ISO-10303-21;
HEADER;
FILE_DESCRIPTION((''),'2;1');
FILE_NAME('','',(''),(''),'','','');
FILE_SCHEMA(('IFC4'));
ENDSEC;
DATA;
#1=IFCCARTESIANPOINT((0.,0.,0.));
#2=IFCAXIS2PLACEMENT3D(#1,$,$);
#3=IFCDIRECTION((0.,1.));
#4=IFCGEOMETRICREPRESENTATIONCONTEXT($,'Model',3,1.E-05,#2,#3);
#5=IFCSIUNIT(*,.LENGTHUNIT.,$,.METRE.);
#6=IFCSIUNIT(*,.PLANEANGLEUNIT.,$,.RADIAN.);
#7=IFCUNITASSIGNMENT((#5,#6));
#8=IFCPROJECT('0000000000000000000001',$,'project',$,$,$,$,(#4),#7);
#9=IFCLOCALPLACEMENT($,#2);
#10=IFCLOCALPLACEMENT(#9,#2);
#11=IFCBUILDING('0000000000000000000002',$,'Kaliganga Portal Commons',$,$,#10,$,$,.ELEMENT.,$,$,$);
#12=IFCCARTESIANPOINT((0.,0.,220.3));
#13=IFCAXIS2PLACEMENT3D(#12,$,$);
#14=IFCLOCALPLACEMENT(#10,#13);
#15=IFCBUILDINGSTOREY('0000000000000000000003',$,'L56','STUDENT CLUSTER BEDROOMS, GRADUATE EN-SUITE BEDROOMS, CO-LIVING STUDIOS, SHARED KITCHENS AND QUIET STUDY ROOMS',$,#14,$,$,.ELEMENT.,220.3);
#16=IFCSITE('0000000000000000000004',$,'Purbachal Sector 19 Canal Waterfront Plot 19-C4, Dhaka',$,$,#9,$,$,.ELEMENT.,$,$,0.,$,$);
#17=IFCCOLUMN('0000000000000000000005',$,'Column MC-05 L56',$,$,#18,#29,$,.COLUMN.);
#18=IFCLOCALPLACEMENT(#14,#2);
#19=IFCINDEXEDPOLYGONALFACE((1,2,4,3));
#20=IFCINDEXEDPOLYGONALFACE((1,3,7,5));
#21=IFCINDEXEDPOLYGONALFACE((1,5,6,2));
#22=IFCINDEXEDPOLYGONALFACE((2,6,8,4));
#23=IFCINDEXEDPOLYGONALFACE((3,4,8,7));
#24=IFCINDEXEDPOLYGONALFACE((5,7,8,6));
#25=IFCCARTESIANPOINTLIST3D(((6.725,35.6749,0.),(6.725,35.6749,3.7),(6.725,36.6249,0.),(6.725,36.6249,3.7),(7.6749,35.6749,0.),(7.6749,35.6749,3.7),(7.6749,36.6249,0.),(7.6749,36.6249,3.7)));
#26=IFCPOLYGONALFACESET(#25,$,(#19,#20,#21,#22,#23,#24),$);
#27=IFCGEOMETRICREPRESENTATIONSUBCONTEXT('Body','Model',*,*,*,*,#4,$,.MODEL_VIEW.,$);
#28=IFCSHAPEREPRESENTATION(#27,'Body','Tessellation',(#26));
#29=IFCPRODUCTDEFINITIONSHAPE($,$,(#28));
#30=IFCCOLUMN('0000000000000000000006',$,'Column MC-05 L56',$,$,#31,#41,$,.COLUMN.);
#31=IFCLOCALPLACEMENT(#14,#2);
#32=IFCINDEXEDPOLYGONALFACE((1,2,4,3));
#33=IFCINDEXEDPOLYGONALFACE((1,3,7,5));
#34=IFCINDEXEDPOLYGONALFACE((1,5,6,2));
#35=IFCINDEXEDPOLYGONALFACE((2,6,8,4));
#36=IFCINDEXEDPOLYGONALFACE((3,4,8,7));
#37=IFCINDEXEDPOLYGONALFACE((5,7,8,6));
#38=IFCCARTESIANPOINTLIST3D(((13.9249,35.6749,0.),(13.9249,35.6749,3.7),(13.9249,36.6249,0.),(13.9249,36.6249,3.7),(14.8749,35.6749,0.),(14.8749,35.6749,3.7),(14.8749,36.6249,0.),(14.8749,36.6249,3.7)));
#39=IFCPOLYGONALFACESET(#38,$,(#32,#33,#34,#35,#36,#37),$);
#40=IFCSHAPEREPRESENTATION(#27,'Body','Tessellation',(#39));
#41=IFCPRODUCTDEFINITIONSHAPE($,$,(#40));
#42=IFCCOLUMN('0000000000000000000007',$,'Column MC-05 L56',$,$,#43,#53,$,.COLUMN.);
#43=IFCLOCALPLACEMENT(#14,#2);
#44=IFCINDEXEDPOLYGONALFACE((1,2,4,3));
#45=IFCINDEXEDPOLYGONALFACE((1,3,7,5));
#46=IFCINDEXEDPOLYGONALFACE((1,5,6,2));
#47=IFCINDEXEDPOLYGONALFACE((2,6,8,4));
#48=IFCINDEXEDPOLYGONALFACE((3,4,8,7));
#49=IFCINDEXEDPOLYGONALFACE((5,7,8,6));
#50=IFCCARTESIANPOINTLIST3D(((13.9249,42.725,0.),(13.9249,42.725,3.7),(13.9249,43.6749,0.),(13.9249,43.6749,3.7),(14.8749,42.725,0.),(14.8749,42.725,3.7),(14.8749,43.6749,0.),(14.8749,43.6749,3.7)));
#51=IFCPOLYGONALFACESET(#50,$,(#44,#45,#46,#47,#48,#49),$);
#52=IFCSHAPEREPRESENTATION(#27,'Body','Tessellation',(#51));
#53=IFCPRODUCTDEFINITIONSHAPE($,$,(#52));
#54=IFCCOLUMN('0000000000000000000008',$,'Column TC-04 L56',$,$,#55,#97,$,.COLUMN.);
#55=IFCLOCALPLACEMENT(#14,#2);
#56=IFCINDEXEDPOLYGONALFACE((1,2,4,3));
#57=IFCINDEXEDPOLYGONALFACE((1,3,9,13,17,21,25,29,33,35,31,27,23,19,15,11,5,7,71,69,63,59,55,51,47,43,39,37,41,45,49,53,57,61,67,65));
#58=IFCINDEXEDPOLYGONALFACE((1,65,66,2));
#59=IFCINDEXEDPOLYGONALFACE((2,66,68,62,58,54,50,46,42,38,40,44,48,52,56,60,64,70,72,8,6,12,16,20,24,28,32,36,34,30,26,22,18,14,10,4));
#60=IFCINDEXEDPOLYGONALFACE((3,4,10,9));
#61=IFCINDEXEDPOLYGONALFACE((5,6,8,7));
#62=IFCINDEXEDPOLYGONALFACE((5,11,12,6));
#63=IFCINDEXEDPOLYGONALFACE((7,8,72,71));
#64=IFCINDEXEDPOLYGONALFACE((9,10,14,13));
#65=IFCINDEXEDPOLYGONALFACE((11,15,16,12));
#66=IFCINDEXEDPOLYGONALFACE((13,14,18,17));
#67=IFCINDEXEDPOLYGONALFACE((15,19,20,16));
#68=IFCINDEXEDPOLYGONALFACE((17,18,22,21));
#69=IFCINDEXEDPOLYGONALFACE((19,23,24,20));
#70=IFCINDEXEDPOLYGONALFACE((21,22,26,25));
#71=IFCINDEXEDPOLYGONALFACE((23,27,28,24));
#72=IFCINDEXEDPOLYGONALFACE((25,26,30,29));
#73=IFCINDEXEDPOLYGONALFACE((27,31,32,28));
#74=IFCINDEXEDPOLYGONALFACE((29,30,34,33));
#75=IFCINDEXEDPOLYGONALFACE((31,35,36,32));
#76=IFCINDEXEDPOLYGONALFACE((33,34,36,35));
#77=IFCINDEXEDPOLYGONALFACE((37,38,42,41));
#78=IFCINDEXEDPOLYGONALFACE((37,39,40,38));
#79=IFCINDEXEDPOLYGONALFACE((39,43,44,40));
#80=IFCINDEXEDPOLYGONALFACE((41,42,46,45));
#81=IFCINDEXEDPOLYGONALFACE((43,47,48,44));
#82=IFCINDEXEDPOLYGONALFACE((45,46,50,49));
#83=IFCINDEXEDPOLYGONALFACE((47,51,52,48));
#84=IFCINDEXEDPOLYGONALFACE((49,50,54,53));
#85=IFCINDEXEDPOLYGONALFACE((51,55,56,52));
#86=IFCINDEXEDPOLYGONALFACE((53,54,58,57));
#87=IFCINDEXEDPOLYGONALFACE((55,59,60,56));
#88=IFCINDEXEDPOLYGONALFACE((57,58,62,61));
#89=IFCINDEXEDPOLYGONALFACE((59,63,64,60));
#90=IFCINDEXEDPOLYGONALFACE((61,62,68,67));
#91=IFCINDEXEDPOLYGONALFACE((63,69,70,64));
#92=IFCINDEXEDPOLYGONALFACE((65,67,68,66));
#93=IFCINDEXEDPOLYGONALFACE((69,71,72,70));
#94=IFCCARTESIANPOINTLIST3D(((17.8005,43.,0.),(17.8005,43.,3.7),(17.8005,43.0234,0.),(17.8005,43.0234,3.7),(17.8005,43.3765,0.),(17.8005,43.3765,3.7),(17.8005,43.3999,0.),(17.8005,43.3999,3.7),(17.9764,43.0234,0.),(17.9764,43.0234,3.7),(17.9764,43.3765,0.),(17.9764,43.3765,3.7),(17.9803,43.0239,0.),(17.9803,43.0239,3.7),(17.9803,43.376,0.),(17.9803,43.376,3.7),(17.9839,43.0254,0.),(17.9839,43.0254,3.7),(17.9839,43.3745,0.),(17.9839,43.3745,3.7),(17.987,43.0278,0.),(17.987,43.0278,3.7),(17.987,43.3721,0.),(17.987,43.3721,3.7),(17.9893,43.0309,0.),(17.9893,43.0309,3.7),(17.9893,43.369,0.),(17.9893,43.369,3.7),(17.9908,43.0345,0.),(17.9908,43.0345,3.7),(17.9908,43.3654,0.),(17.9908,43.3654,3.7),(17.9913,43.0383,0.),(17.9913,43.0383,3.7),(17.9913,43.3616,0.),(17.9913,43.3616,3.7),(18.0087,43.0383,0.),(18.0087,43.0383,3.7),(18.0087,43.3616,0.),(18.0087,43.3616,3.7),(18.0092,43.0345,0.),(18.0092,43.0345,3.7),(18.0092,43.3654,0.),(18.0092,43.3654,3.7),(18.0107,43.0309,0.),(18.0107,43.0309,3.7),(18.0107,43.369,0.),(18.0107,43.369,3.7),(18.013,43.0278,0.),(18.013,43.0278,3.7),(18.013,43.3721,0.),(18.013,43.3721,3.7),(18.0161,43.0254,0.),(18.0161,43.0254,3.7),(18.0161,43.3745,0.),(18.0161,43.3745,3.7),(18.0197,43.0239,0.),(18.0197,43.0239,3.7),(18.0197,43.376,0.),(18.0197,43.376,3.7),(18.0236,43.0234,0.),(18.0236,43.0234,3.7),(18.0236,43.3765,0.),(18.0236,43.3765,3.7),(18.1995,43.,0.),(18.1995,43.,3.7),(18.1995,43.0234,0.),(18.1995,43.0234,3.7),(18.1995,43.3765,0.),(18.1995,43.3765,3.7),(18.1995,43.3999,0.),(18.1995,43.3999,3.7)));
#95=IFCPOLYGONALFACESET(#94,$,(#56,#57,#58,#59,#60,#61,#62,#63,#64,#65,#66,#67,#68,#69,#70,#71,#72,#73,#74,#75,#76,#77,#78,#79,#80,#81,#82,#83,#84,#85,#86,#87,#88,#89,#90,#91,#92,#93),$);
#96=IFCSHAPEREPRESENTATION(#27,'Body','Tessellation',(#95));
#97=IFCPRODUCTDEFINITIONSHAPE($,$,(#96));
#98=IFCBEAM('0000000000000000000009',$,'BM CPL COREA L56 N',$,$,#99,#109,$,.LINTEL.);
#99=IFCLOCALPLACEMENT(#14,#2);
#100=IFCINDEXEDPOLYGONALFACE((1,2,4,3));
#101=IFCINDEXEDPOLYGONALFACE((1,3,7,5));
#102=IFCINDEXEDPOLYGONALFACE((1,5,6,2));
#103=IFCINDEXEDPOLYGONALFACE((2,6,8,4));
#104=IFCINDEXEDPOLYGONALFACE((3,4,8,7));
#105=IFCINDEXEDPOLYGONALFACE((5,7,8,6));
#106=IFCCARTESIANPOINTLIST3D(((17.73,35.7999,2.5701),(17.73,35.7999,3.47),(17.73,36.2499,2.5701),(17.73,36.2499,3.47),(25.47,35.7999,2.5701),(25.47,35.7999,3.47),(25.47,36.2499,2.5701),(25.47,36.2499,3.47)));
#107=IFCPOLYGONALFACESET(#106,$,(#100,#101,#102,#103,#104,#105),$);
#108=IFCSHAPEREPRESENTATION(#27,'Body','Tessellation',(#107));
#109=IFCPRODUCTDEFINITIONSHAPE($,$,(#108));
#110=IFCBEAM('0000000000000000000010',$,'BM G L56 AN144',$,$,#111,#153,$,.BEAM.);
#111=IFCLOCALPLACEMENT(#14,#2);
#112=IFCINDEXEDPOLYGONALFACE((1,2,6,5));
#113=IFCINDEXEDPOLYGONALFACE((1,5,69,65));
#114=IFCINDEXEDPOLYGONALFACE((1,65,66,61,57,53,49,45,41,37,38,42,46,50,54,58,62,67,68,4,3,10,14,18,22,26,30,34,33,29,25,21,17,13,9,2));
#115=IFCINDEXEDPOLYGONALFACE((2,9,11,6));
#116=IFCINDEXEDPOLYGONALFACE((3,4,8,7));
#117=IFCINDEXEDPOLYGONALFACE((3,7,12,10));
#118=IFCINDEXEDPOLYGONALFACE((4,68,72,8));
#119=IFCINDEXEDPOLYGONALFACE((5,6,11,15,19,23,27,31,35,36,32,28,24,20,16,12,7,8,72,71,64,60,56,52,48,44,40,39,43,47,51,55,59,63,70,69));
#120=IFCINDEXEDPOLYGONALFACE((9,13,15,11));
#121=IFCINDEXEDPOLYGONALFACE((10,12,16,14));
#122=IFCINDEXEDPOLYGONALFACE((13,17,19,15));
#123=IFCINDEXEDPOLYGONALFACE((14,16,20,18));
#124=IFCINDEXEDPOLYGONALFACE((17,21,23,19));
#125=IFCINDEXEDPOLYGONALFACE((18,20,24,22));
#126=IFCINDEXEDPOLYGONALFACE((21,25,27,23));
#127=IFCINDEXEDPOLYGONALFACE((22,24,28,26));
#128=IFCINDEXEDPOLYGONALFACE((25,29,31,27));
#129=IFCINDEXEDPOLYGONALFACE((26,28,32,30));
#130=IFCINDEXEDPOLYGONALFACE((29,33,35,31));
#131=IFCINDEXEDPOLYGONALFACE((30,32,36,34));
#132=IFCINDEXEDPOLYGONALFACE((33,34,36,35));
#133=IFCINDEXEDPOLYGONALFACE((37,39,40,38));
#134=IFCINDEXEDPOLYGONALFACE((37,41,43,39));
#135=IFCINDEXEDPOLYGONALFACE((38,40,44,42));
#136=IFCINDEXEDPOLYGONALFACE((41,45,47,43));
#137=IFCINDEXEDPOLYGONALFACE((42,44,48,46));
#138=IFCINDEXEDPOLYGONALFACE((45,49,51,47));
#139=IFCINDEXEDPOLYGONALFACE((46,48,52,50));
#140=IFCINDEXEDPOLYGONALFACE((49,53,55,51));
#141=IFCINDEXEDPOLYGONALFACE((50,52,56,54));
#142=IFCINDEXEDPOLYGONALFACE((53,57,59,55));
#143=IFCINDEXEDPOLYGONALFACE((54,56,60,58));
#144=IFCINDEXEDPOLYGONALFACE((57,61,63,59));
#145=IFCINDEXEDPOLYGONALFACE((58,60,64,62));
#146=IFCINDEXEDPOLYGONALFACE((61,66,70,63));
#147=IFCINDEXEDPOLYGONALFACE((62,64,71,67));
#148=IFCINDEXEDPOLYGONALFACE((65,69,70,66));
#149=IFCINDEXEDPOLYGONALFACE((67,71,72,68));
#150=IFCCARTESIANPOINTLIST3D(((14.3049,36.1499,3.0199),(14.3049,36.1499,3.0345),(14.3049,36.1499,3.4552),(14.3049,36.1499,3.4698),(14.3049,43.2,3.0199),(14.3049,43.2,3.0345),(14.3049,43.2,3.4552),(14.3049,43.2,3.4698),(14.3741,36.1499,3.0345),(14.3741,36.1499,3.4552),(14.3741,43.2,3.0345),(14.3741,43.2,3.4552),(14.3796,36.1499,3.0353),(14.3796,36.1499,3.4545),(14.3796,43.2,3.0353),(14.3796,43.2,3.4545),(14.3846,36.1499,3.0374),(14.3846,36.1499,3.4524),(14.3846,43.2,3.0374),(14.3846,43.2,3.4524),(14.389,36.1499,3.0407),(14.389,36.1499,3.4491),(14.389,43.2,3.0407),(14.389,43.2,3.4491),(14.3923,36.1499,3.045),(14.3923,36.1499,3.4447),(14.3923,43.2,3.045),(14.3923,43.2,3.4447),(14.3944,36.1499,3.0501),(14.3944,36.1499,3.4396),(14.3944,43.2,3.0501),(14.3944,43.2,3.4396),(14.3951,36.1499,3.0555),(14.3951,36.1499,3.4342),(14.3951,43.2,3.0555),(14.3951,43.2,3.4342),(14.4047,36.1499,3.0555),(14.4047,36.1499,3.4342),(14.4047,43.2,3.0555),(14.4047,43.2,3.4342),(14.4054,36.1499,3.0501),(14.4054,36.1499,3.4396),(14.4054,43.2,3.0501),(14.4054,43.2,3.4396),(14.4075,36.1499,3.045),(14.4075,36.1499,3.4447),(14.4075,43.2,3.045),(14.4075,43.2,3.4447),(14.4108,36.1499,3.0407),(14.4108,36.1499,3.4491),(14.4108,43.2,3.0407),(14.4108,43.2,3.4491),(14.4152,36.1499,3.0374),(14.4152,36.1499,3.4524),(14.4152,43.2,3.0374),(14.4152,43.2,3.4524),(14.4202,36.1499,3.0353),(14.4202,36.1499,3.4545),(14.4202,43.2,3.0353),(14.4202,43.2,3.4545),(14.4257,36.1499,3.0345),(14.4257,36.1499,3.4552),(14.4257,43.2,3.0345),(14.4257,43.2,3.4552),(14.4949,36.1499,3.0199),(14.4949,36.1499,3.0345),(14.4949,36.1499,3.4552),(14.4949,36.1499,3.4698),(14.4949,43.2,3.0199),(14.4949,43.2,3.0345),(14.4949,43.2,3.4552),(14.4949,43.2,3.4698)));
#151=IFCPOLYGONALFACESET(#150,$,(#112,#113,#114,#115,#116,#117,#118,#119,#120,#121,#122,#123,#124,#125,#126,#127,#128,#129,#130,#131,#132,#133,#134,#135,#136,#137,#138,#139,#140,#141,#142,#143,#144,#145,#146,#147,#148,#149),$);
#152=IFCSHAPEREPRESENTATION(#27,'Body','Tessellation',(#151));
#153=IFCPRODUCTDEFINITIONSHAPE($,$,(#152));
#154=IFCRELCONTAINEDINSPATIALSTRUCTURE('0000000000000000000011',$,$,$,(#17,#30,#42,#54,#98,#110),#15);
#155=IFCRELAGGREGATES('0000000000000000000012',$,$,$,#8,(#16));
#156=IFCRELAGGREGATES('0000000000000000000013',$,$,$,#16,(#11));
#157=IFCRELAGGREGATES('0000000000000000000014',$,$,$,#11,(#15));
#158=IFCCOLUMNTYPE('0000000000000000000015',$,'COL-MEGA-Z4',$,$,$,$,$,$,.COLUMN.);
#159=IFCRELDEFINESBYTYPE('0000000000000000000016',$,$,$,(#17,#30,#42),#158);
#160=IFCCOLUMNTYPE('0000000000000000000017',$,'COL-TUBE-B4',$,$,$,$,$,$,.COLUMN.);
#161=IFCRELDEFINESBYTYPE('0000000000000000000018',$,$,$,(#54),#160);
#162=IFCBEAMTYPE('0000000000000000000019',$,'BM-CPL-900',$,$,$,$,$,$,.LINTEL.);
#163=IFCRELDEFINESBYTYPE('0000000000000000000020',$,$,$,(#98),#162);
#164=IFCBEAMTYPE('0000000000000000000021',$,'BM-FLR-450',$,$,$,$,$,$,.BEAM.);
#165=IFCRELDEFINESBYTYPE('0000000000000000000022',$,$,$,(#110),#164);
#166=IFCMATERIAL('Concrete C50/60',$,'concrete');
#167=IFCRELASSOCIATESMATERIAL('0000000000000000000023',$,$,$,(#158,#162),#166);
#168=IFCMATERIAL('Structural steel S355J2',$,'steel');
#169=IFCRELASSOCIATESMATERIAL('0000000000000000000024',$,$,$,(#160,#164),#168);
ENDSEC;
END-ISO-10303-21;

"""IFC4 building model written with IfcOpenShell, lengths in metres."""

from ifc_helpers import new_model, si_unit, direction, frame, origin, origin_2d, place, context, subcontext, project, spatial, rectangle, i_section, extrude, source, transform, mapped, material, material_profile, profile_set, type_object, element, save


model = new_model("IFC4")

# Units and contexts
model_context = context("Model", 3, precision=1e-05, world=origin(), true_north=direction((0.0, 1.0)))
body_context = subcontext(model_context, "Body", "Model", "MODEL_VIEW")
ifc_project = project(units=[si_unit("LENGTHUNIT", "METRE"), si_unit("PLANEANGLEUNIT", "RADIAN")], contexts=[model_context])

# Site, building, storey
site_placement = place(None, origin())
site = spatial("IfcSite", under=ifc_project, at=site_placement, Name="Purbachal Sector 19 Canal Waterfront Plot 19-C4, Dhaka", CompositionType="ELEMENT", RefElevation=0.0)
building_placement = place(site_placement, origin())
building = spatial("IfcBuilding", under=site, at=building_placement, Name="Kaliganga Portal Commons", CompositionType="ELEMENT")
storey_placement = place(building_placement, frame((0.0, 0.0, 220.3)))
storey = spatial("IfcBuildingStorey", under=building, at=storey_placement, Name="L56", Description="STUDENT CLUSTER BEDROOMS, GRADUATE EN-SUITE BEDROOMS, CO-LIVING STUDIOS, SHARED KITCHENS AND QUIET STUDY ROOMS", CompositionType="ELEMENT", Elevation=220.3)

# Columns
ifc_material_1 = material(Name="Concrete C50/60", Category="concrete")
ifc_material_profile_1 = material_profile(ifc_material_1, rectangle(XDim=0.95, YDim=0.95, at=origin_2d()), Name="RC 950x950")
ifc_profile_set_1 = profile_set([ifc_material_profile_1], Name="Concrete C50/60")
column_type_1 = type_object("IfcColumnType", Name="COL-MEGA-Z4", PredefinedType="COLUMN", material=ifc_profile_set_1)
shared_shape_1 = source(origin(), body_context, "Body", "SweptSolid", [
    extrude(rectangle(XDim=0.95, YDim=0.95, at=origin_2d()), origin(), (0.0, 0.0, 1.0), 3.7),
])
for number, where, z_axis, x_axis, name in (
    (1, (7.2, 36.1499, 0.0), (0.0, 0.0, 1.0), (1.0, 0.0, 0.0), "Column MC-05 L56"),
    (2, (14.3999, 36.1499, 0.0), (0.0, 0.0, 1.0), (1.0, 0.0, 0.0), "Column MC-05 L56"),
    (3, (14.3999, 43.2, 0.0), (0.0, 0.0, 1.0), (1.0, 0.0, 0.0), "Column MC-05 L56"),
):
    element("IfcColumn", number, at=place(storey_placement, frame(where, z_axis=z_axis, x_axis=x_axis)), inside=storey, type_object=column_type_1, Name=name, PredefinedType="COLUMN", context=body_context, shape_type="MappedRepresentation", body=[
        mapped(shared_shape_1, transform((0.0, 0.0, 0.0), x_axis=(1.0, 0.0, 0.0), y_axis=(0.0, 1.0, 0.0), z_axis=(0.0, 0.0, 1.0), scale=1.0)),
    ])
ifc_material_2 = material(Name="Structural steel S355J2", Category="steel")
ifc_material_profile_2 = material_profile(ifc_material_2, i_section(OverallWidth=0.3989, OverallDepth=0.3999, WebThickness=0.0173, FlangeThickness=0.0234, FilletRadius=0.0149, at=origin_2d()), Name="HD 400x287")
ifc_profile_set_2 = profile_set([ifc_material_profile_2], Name="Structural steel S355J2 wide-flange")
column_type_2 = type_object("IfcColumnType", Name="COL-TUBE-B4", PredefinedType="COLUMN", material=ifc_profile_set_2)
shared_shape_2 = source(origin(), body_context, "Body", "SweptSolid", [
    extrude(i_section(OverallWidth=0.3989, OverallDepth=0.3999, WebThickness=0.0173, FlangeThickness=0.0234, FilletRadius=0.0149, at=origin_2d()), origin(), (0.0, 0.0, 1.0), 3.7),
])
column_placement = place(storey_placement, frame((18.0, 43.2, 0.0), z_axis=(0.0, 0.0, 1.0), x_axis=(1.0, 0.0, 0.0)))
element("IfcColumn", 4, at=column_placement, inside=storey, type_object=column_type_2, Name="Column TC-04 L56", PredefinedType="COLUMN", context=body_context, shape_type="MappedRepresentation", body=[
    mapped(shared_shape_2, transform((0.0, 0.0, 0.0), x_axis=(1.0, 0.0, 0.0), y_axis=(0.0, 1.0, 0.0), z_axis=(0.0, 0.0, 1.0), scale=1.0)),
])

# Beams
ifc_material_profile_3 = material_profile(ifc_material_1, rectangle(XDim=0.45, YDim=0.8999, at=origin_2d()), Name="RC 450x900")
ifc_profile_set_3 = profile_set([ifc_material_profile_3], Name="Concrete C50/60")
beam_type_1 = type_object("IfcBeamType", Name="BM-CPL-900", PredefinedType="LINTEL", material=ifc_profile_set_3)
shared_shape_3 = source(origin(), body_context, "Body", "SweptSolid", [
    extrude(rectangle(XDim=0.45, YDim=0.8999, at=origin_2d()), origin(), (0.0, 0.0, 1.0), 7.74),
])
beam_1_placement = place(storey_placement, frame((17.73, 36.0249, 3.02), z_axis=(1.0, 0.0, 0.0), x_axis=(0.0, 1.0, 0.0)))
element("IfcBeam", 5, at=beam_1_placement, inside=storey, type_object=beam_type_1, Name="BM CPL COREA L56 N", PredefinedType="LINTEL", context=body_context, shape_type="MappedRepresentation", body=[
    mapped(shared_shape_3, transform((0.0, 0.0, 0.0), x_axis=(1.0, 0.0, 0.0), y_axis=(0.0, 1.0, 0.0), z_axis=(0.0, 0.0, 1.0), scale=1.0)),
])
ifc_material_profile_4 = material_profile(ifc_material_2, i_section(OverallWidth=0.1899, OverallDepth=0.45, WebThickness=0.0095, FlangeThickness=0.0146, FilletRadius=0.021, at=origin_2d()), Name="IPE 450")
ifc_profile_set_4 = profile_set([ifc_material_profile_4], Name="Structural steel S355J2 wide-flange")
beam_type_2 = type_object("IfcBeamType", Name="BM-FLR-450", PredefinedType="BEAM", material=ifc_profile_set_4)
shared_shape_4 = source(origin(), body_context, "Body", "SweptSolid", [
    extrude(i_section(OverallWidth=0.1899, OverallDepth=0.45, WebThickness=0.0095, FlangeThickness=0.0146, FilletRadius=0.021, at=origin_2d()), origin(), (0.0, 0.0, 1.0), 7.05),
])
beam_2_placement = place(storey_placement, frame((14.3999, 36.1499, 3.2449), z_axis=(0.0, 1.0, 0.0), x_axis=(-1.0, 0.0, 0.0)))
element("IfcBeam", 6, at=beam_2_placement, inside=storey, type_object=beam_type_2, Name="BM G L56 AN144", PredefinedType="BEAM", context=body_context, shape_type="MappedRepresentation", body=[
    mapped(shared_shape_4, transform((0.0, 0.0, 0.0), x_axis=(1.0, 0.0, 0.0), y_axis=(0.0, 1.0, 0.0), z_axis=(0.0, 0.0, 1.0), scale=1.0)),
])

save(model, "model.ifc")
